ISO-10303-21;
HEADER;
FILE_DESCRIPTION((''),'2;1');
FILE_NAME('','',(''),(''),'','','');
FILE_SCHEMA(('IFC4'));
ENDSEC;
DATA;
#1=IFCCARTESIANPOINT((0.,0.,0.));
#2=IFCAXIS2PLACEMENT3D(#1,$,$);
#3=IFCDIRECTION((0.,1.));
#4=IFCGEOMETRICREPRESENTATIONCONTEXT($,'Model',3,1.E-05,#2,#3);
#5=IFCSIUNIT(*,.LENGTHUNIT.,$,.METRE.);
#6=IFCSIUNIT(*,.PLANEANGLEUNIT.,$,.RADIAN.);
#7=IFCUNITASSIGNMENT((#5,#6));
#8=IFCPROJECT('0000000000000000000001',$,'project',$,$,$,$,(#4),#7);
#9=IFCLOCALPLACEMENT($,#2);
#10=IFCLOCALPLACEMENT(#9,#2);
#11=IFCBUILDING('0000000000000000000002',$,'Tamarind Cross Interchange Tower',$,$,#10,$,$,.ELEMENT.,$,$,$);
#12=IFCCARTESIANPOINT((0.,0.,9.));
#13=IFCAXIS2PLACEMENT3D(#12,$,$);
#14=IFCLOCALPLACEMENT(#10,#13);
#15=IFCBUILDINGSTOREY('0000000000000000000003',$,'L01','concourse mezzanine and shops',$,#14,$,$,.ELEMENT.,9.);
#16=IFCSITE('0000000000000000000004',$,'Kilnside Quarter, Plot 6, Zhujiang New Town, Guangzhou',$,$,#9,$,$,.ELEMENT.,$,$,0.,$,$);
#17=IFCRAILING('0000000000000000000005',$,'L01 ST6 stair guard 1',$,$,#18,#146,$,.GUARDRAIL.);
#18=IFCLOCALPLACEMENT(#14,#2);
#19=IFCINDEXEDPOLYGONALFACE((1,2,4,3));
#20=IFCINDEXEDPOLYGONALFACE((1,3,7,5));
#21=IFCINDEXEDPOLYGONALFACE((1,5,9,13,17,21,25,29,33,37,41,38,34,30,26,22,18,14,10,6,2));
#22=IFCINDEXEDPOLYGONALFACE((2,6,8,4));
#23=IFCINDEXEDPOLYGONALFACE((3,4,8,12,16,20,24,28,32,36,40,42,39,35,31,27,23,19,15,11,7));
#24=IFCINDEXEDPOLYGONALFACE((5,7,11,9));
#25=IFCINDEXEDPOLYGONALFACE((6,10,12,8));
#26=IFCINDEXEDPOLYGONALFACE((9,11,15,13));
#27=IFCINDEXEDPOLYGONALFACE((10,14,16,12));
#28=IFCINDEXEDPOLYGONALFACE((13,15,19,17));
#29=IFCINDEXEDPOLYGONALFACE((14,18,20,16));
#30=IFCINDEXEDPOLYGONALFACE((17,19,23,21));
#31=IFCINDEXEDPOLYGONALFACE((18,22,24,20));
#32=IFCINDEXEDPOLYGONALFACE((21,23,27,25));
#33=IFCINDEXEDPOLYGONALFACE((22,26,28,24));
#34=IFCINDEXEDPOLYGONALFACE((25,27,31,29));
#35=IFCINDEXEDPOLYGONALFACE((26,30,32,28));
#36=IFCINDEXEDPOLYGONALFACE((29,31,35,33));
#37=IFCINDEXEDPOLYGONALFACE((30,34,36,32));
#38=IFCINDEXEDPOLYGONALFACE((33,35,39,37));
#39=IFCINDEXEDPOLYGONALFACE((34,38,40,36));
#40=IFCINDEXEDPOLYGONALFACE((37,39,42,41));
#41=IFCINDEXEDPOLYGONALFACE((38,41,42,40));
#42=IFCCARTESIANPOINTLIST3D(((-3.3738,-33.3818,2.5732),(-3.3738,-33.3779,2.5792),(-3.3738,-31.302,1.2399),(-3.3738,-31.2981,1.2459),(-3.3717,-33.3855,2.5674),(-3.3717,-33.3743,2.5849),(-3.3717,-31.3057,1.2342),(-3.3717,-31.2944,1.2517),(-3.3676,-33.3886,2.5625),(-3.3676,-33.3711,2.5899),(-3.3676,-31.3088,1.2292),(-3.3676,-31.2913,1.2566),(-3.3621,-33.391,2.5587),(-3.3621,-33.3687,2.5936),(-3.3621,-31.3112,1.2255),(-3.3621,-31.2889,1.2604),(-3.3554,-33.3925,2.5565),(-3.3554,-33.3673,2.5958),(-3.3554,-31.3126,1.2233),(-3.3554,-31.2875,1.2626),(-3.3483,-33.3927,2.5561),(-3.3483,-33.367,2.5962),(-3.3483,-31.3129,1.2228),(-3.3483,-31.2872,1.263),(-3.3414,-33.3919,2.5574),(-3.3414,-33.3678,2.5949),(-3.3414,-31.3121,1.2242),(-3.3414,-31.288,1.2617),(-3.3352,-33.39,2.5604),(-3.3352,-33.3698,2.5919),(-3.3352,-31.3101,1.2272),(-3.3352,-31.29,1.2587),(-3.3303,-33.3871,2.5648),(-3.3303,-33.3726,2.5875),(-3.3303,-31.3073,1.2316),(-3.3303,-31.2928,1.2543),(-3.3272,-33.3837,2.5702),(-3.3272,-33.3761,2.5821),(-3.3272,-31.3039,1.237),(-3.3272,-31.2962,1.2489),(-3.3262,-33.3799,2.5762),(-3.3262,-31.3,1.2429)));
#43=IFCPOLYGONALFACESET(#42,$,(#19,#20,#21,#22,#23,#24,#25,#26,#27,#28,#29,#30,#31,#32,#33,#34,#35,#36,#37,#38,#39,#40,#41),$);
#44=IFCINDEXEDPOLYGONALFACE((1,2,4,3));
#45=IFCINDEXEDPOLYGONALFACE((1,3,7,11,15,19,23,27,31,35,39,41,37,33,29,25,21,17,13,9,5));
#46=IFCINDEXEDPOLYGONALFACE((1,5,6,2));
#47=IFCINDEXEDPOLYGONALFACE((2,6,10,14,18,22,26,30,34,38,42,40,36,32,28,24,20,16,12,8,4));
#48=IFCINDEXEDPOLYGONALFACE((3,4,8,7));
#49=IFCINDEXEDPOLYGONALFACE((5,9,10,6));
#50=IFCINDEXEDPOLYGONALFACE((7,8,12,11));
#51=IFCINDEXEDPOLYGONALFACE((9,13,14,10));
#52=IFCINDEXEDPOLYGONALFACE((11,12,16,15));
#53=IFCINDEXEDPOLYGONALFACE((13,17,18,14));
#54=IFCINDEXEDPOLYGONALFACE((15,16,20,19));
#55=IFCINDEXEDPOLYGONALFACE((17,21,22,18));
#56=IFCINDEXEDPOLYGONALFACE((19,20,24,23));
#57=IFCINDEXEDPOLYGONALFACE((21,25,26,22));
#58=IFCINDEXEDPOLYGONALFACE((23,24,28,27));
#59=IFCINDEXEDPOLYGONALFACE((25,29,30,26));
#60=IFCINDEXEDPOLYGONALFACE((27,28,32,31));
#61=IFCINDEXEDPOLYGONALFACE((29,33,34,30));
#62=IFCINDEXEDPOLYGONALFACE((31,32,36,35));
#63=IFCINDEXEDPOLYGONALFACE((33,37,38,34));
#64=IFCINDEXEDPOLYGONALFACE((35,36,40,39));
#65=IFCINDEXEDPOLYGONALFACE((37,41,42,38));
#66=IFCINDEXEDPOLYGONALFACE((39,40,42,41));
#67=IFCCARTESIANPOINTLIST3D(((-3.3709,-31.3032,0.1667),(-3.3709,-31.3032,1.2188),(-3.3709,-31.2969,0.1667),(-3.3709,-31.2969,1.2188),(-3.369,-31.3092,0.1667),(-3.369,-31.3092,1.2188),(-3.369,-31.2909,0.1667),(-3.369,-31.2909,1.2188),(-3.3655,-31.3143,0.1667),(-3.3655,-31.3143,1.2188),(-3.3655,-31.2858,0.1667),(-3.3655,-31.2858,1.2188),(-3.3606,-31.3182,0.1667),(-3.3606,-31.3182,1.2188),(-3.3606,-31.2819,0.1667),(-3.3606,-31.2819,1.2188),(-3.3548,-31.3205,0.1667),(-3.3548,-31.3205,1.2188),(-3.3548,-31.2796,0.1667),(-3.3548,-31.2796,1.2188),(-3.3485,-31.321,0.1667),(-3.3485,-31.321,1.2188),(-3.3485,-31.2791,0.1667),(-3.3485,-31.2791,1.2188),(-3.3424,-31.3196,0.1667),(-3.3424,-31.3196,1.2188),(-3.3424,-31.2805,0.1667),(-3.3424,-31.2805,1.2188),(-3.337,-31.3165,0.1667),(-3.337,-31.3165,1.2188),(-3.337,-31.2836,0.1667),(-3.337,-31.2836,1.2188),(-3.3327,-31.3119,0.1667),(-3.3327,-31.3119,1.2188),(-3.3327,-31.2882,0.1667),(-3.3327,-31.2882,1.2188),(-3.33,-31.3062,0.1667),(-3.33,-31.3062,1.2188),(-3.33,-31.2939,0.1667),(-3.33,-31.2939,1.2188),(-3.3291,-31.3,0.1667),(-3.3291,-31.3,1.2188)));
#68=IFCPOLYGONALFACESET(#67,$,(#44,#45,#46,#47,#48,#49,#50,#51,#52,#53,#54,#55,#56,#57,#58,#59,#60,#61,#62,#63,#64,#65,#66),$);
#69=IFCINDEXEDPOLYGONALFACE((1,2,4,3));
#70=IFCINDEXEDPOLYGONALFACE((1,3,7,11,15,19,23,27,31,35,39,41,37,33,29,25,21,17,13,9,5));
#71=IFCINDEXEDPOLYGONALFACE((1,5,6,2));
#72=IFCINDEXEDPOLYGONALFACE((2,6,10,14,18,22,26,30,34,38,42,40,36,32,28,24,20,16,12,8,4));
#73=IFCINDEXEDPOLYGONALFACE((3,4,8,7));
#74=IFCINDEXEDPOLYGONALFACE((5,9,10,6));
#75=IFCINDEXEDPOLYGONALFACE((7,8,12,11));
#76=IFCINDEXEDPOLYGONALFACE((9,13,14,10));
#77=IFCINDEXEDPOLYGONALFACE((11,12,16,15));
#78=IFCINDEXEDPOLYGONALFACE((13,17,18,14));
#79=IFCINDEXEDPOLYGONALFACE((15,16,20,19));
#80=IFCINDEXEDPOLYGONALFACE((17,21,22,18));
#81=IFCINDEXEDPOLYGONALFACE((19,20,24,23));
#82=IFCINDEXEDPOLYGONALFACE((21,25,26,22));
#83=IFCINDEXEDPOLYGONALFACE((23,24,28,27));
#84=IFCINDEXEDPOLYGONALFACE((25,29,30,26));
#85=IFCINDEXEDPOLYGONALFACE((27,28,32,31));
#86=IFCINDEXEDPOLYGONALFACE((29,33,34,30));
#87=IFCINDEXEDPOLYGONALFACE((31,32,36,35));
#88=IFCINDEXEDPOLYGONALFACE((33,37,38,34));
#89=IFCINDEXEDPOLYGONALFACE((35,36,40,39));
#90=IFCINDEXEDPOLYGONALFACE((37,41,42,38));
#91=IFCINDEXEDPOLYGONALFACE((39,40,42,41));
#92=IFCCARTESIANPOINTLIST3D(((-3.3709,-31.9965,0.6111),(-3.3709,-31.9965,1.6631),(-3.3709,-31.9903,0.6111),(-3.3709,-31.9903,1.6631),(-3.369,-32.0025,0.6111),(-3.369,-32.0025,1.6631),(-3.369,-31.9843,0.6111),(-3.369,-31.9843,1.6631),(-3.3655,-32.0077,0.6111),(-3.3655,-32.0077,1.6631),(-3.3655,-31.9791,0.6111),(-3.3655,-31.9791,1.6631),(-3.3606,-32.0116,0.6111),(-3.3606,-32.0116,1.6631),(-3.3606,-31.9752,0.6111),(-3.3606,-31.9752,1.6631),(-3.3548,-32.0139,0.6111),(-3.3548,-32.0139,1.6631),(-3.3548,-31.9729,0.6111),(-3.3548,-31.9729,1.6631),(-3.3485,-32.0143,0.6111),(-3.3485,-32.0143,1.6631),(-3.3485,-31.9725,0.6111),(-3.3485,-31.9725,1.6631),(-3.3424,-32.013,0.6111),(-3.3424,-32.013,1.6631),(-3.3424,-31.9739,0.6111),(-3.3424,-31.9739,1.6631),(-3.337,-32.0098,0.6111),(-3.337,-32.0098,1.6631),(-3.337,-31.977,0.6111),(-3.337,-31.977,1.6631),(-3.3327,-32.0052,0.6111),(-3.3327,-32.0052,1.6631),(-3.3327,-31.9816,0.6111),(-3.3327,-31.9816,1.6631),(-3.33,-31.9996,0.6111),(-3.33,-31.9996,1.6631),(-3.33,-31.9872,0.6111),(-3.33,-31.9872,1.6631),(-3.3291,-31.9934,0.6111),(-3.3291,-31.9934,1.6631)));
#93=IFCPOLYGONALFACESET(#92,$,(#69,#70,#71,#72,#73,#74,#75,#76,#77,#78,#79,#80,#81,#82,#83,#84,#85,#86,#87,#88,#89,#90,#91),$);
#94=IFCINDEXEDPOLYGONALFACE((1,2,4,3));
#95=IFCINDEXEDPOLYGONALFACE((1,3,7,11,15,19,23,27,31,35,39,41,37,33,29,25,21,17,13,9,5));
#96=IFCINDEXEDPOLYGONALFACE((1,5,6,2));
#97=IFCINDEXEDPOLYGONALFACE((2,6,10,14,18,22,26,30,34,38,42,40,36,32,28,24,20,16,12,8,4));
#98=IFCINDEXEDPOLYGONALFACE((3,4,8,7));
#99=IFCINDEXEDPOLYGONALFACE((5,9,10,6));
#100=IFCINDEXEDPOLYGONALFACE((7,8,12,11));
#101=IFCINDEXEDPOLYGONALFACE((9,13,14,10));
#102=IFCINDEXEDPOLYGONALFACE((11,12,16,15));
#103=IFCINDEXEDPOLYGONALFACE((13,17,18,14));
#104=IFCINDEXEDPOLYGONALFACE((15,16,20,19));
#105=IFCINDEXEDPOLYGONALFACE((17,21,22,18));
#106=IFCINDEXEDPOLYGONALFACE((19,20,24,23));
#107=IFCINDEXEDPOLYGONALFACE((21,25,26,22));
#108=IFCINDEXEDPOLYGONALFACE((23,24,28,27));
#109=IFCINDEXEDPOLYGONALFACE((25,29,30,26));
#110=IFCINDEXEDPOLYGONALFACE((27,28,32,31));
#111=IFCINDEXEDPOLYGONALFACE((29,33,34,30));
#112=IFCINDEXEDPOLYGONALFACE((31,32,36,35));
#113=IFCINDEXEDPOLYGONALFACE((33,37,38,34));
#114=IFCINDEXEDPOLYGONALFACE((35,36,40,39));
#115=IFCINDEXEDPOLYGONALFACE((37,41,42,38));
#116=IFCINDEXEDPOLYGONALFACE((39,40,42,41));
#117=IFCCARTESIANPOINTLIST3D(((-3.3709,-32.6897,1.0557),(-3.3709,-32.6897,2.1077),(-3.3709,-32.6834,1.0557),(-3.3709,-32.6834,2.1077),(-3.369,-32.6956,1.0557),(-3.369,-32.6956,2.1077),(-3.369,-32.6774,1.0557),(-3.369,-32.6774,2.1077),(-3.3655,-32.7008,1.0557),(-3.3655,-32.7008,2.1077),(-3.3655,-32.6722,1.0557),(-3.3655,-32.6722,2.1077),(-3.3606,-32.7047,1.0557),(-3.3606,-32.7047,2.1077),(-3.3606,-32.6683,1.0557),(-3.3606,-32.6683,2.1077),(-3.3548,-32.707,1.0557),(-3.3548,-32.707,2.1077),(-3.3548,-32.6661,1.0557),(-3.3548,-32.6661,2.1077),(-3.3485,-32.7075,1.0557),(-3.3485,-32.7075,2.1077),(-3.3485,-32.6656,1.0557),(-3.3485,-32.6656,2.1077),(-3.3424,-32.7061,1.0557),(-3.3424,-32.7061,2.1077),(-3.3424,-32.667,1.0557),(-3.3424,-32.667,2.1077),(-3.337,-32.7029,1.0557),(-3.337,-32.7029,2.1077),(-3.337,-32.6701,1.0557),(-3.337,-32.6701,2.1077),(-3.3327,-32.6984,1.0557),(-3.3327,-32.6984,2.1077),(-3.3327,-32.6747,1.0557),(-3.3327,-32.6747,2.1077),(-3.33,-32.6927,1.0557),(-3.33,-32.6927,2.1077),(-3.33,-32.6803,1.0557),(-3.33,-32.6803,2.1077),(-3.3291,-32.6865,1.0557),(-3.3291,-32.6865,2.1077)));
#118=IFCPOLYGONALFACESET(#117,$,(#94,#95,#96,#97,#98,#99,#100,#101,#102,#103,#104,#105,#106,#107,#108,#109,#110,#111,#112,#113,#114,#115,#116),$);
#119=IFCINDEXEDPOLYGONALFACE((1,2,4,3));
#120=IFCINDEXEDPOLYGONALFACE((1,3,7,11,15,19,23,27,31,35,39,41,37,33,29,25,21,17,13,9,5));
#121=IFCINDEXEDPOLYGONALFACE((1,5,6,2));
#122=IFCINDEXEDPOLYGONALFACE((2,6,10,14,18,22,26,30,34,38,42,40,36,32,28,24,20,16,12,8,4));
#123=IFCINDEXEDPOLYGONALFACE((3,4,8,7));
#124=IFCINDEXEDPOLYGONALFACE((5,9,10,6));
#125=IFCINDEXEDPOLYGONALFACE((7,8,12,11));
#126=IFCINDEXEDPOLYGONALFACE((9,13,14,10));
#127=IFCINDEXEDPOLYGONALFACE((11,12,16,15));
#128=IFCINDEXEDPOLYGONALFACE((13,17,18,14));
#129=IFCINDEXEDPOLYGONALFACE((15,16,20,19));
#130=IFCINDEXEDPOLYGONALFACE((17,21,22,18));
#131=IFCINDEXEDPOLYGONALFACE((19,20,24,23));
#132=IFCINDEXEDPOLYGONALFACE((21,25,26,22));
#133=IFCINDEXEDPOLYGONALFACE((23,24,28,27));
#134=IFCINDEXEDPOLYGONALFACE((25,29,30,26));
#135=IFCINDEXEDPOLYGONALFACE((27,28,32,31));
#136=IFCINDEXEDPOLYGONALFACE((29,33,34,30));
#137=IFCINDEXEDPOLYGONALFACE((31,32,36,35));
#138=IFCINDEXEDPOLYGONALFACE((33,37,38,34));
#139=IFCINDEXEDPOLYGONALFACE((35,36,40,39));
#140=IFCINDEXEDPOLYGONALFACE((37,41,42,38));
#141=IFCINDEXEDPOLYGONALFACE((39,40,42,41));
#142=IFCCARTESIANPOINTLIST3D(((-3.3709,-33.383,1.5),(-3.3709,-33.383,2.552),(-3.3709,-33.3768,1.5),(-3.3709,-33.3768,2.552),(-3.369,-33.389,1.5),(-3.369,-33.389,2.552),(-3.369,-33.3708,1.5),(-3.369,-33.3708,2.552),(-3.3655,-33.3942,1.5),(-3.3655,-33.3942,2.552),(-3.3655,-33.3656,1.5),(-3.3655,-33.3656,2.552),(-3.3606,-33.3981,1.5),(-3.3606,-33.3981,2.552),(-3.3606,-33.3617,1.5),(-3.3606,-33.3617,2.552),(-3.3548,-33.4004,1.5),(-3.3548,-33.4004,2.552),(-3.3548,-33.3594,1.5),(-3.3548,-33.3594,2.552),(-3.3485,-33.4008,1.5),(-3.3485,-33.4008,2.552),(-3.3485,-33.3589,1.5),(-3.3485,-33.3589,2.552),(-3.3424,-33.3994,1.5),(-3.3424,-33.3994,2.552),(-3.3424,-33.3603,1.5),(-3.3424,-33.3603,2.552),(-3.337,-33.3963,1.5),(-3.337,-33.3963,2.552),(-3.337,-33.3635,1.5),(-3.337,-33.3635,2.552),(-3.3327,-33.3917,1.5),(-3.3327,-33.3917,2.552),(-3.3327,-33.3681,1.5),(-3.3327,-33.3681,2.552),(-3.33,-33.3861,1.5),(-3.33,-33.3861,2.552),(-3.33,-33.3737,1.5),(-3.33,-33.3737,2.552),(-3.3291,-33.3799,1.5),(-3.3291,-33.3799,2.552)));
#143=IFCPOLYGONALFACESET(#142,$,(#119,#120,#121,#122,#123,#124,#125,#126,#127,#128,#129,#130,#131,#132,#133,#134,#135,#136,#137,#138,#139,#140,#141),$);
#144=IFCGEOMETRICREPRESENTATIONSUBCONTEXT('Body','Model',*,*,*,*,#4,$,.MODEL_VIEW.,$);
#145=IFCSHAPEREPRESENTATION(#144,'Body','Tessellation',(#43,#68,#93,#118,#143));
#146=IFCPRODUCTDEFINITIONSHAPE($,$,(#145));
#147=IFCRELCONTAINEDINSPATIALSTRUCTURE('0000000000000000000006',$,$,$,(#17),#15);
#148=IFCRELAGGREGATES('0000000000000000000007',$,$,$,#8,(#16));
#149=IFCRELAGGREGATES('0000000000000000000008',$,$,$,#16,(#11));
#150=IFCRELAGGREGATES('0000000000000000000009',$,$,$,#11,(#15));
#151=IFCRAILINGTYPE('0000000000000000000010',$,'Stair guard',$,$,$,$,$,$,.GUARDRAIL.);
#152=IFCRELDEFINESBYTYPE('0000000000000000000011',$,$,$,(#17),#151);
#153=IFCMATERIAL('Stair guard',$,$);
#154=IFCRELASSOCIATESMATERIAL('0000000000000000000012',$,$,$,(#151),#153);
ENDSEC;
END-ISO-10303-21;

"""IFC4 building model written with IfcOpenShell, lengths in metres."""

from ifc_helpers import new_model, si_unit, direction, frame, origin, origin_2d, place, context, subcontext, project, spatial, circle, extrude, material, type_object, element, save


model = new_model("IFC4")

# Units and contexts
model_context = context("Model", 3, precision=1e-05, world=origin(), true_north=direction((0.0, 1.0)))
body_context = subcontext(model_context, "Body", "Model", "MODEL_VIEW")
ifc_project = project(units=[si_unit("LENGTHUNIT", "METRE"), si_unit("PLANEANGLEUNIT", "RADIAN")], contexts=[model_context])

# Site, building, storey
site_placement = place(None, origin())
site = spatial("IfcSite", under=ifc_project, at=site_placement, Name="Kilnside Quarter, Plot 6, Zhujiang New Town, Guangzhou", CompositionType="ELEMENT", RefElevation=0.0)
building_placement = place(site_placement, origin())
building = spatial("IfcBuilding", under=site, at=building_placement, Name="Tamarind Cross Interchange Tower", CompositionType="ELEMENT")
storey_placement = place(building_placement, frame((0.0, 0.0, 9.0)))
storey = spatial("IfcBuildingStorey", under=building, at=storey_placement, Name="L01", Description="concourse mezzanine and shops", CompositionType="ELEMENT", Elevation=9.0)

# Railing
ifc_material_1 = material(Name="Stair guard")
railing_type_1 = type_object("IfcRailingType", Name="Stair guard", PredefinedType="GUARDRAIL", material=ifc_material_1)
railing_1_placement = place(storey_placement, frame((-3.3501, -31.3, 0.1667)))
element("IfcRailing", 1, at=railing_1_placement, inside=storey, type_object=railing_type_1, Name="L01 ST6 stair guard 1", PredefinedType="GUARDRAIL", context=body_context, shape_type="SweptSolid", body=[
    extrude(circle(Radius=0.0239, at=origin_2d()), frame((0.0, 0.0, 1.0762), z_axis=(0.0, -0.841875, 0.539673), x_axis=(1.0, 0.0, 0.0)), (0.0, 0.0, 1.0), 2.4705),
    extrude(circle(Radius=0.021, at=origin_2d()), origin(), (0.0, 0.0, 1.0), 1.052),
    extrude(circle(Radius=0.021, at=origin_2d()), frame((0.0, -0.6934, 0.4443)), (0.0, 0.0, 1.0), 1.052),
    extrude(circle(Radius=0.021, at=origin_2d()), frame((0.0, -1.3865, 0.8889)), (0.0, 0.0, 1.0), 1.052),
    extrude(circle(Radius=0.021, at=origin_2d()), frame((0.0, -2.0798, 1.3333)), (0.0, 0.0, 1.0), 1.052),
])

save(model, "model.ifc")
